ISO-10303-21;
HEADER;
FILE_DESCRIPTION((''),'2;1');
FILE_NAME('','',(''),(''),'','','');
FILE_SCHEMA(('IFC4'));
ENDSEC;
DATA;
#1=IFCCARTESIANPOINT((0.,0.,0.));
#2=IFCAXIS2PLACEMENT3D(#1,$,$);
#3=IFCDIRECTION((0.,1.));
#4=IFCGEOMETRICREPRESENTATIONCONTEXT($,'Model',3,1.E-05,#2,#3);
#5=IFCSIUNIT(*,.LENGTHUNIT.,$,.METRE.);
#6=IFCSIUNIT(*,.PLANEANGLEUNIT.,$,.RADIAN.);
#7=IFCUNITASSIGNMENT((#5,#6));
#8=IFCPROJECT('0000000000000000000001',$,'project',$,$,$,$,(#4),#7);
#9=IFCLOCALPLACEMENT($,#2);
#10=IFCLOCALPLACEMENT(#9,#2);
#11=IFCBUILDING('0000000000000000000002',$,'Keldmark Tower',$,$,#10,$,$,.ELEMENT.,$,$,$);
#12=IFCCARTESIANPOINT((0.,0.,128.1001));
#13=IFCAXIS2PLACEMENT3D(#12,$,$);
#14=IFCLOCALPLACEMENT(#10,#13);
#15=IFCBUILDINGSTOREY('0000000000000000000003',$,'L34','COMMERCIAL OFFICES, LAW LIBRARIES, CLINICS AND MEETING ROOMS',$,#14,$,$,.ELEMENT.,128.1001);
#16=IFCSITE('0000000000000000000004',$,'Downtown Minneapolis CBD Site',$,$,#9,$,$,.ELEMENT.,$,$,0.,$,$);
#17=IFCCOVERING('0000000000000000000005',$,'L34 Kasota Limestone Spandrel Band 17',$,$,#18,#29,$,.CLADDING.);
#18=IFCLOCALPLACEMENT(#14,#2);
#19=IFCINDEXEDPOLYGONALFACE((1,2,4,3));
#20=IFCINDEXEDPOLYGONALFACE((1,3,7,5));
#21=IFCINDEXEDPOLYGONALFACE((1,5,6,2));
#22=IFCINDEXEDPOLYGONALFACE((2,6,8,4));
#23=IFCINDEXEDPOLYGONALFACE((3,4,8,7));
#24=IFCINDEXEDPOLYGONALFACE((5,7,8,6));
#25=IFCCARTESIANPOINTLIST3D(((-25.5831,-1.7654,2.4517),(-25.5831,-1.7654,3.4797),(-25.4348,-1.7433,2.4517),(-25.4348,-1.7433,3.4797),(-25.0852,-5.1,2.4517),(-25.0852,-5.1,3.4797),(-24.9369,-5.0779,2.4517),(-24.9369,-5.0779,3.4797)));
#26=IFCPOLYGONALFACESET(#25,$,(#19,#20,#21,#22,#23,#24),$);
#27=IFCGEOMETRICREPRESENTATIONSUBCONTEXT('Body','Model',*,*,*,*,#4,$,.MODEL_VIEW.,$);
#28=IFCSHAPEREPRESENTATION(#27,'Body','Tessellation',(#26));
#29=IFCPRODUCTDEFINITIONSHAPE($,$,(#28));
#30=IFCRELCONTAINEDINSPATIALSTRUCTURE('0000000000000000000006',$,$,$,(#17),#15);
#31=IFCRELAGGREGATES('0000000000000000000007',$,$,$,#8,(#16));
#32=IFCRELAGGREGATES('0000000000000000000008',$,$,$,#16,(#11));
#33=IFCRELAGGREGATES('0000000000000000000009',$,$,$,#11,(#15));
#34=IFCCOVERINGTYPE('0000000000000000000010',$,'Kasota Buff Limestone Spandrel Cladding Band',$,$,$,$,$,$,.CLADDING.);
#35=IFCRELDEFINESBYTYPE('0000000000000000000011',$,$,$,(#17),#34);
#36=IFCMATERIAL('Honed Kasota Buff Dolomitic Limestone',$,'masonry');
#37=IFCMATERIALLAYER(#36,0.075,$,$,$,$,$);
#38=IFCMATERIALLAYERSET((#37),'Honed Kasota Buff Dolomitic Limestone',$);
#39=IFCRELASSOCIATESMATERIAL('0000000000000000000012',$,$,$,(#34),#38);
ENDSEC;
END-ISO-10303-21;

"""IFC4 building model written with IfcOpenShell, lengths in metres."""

from ifc_helpers import new_model, si_unit, direction, frame, origin, origin_2d, place, context, subcontext, project, spatial, rectangle, extrude, material, layer, layer_set, type_object, element, save


model = new_model("IFC4")

# Units and contexts
model_context = context("Model", 3, precision=1e-05, world=origin(), true_north=direction((0.0, 1.0)))
body_context = subcontext(model_context, "Body", "Model", "MODEL_VIEW")
ifc_project = project(units=[si_unit("LENGTHUNIT", "METRE"), si_unit("PLANEANGLEUNIT", "RADIAN")], contexts=[model_context])

# Site, building, storey
site_placement = place(None, origin())
site = spatial("IfcSite", under=ifc_project, at=site_placement, Name="Downtown Minneapolis CBD Site", CompositionType="ELEMENT", RefElevation=0.0)
building_placement = place(site_placement, origin())
building = spatial("IfcBuilding", under=site, at=building_placement, Name="Keldmark Tower", CompositionType="ELEMENT")
storey_placement = place(building_placement, frame((0.0, 0.0, 128.1001)))
storey = spatial("IfcBuildingStorey", under=building, at=storey_placement, Name="L34", Description="COMMERCIAL OFFICES, LAW LIBRARIES, CLINICS AND MEETING ROOMS", CompositionType="ELEMENT", Elevation=128.1001)

# Covering
ifc_material_1 = material(Name="Honed Kasota Buff Dolomitic Limestone", Category="masonry")
ifc_layer_1 = layer(ifc_material_1, 0.075)
ifc_layer_set_1 = layer_set([ifc_layer_1], Name="Honed Kasota Buff Dolomitic Limestone")
covering_type = type_object("IfcCoveringType", Name="Kasota Buff Limestone Spandrel Cladding Band", PredefinedType="CLADDING", material=ifc_layer_set_1)
covering_placement = place(storey_placement, frame((-25.26, -3.4216, 2.4517), z_axis=(0.0, 0.0, 1.0), x_axis=(0.147671, -0.989036, 0.0)))
element("IfcCovering", 1, at=covering_placement, inside=storey, type_object=covering_type, Name="L34 Kasota Limestone Spandrel Band 17", PredefinedType="CLADDING", context=body_context, shape_type="SweptSolid", body=[
    extrude(rectangle(XDim=3.3716, YDim=0.1499, at=origin_2d()), origin(), (0.0, 0.0, 1.0), 1.0281),
])

save(model, "model.ifc")
